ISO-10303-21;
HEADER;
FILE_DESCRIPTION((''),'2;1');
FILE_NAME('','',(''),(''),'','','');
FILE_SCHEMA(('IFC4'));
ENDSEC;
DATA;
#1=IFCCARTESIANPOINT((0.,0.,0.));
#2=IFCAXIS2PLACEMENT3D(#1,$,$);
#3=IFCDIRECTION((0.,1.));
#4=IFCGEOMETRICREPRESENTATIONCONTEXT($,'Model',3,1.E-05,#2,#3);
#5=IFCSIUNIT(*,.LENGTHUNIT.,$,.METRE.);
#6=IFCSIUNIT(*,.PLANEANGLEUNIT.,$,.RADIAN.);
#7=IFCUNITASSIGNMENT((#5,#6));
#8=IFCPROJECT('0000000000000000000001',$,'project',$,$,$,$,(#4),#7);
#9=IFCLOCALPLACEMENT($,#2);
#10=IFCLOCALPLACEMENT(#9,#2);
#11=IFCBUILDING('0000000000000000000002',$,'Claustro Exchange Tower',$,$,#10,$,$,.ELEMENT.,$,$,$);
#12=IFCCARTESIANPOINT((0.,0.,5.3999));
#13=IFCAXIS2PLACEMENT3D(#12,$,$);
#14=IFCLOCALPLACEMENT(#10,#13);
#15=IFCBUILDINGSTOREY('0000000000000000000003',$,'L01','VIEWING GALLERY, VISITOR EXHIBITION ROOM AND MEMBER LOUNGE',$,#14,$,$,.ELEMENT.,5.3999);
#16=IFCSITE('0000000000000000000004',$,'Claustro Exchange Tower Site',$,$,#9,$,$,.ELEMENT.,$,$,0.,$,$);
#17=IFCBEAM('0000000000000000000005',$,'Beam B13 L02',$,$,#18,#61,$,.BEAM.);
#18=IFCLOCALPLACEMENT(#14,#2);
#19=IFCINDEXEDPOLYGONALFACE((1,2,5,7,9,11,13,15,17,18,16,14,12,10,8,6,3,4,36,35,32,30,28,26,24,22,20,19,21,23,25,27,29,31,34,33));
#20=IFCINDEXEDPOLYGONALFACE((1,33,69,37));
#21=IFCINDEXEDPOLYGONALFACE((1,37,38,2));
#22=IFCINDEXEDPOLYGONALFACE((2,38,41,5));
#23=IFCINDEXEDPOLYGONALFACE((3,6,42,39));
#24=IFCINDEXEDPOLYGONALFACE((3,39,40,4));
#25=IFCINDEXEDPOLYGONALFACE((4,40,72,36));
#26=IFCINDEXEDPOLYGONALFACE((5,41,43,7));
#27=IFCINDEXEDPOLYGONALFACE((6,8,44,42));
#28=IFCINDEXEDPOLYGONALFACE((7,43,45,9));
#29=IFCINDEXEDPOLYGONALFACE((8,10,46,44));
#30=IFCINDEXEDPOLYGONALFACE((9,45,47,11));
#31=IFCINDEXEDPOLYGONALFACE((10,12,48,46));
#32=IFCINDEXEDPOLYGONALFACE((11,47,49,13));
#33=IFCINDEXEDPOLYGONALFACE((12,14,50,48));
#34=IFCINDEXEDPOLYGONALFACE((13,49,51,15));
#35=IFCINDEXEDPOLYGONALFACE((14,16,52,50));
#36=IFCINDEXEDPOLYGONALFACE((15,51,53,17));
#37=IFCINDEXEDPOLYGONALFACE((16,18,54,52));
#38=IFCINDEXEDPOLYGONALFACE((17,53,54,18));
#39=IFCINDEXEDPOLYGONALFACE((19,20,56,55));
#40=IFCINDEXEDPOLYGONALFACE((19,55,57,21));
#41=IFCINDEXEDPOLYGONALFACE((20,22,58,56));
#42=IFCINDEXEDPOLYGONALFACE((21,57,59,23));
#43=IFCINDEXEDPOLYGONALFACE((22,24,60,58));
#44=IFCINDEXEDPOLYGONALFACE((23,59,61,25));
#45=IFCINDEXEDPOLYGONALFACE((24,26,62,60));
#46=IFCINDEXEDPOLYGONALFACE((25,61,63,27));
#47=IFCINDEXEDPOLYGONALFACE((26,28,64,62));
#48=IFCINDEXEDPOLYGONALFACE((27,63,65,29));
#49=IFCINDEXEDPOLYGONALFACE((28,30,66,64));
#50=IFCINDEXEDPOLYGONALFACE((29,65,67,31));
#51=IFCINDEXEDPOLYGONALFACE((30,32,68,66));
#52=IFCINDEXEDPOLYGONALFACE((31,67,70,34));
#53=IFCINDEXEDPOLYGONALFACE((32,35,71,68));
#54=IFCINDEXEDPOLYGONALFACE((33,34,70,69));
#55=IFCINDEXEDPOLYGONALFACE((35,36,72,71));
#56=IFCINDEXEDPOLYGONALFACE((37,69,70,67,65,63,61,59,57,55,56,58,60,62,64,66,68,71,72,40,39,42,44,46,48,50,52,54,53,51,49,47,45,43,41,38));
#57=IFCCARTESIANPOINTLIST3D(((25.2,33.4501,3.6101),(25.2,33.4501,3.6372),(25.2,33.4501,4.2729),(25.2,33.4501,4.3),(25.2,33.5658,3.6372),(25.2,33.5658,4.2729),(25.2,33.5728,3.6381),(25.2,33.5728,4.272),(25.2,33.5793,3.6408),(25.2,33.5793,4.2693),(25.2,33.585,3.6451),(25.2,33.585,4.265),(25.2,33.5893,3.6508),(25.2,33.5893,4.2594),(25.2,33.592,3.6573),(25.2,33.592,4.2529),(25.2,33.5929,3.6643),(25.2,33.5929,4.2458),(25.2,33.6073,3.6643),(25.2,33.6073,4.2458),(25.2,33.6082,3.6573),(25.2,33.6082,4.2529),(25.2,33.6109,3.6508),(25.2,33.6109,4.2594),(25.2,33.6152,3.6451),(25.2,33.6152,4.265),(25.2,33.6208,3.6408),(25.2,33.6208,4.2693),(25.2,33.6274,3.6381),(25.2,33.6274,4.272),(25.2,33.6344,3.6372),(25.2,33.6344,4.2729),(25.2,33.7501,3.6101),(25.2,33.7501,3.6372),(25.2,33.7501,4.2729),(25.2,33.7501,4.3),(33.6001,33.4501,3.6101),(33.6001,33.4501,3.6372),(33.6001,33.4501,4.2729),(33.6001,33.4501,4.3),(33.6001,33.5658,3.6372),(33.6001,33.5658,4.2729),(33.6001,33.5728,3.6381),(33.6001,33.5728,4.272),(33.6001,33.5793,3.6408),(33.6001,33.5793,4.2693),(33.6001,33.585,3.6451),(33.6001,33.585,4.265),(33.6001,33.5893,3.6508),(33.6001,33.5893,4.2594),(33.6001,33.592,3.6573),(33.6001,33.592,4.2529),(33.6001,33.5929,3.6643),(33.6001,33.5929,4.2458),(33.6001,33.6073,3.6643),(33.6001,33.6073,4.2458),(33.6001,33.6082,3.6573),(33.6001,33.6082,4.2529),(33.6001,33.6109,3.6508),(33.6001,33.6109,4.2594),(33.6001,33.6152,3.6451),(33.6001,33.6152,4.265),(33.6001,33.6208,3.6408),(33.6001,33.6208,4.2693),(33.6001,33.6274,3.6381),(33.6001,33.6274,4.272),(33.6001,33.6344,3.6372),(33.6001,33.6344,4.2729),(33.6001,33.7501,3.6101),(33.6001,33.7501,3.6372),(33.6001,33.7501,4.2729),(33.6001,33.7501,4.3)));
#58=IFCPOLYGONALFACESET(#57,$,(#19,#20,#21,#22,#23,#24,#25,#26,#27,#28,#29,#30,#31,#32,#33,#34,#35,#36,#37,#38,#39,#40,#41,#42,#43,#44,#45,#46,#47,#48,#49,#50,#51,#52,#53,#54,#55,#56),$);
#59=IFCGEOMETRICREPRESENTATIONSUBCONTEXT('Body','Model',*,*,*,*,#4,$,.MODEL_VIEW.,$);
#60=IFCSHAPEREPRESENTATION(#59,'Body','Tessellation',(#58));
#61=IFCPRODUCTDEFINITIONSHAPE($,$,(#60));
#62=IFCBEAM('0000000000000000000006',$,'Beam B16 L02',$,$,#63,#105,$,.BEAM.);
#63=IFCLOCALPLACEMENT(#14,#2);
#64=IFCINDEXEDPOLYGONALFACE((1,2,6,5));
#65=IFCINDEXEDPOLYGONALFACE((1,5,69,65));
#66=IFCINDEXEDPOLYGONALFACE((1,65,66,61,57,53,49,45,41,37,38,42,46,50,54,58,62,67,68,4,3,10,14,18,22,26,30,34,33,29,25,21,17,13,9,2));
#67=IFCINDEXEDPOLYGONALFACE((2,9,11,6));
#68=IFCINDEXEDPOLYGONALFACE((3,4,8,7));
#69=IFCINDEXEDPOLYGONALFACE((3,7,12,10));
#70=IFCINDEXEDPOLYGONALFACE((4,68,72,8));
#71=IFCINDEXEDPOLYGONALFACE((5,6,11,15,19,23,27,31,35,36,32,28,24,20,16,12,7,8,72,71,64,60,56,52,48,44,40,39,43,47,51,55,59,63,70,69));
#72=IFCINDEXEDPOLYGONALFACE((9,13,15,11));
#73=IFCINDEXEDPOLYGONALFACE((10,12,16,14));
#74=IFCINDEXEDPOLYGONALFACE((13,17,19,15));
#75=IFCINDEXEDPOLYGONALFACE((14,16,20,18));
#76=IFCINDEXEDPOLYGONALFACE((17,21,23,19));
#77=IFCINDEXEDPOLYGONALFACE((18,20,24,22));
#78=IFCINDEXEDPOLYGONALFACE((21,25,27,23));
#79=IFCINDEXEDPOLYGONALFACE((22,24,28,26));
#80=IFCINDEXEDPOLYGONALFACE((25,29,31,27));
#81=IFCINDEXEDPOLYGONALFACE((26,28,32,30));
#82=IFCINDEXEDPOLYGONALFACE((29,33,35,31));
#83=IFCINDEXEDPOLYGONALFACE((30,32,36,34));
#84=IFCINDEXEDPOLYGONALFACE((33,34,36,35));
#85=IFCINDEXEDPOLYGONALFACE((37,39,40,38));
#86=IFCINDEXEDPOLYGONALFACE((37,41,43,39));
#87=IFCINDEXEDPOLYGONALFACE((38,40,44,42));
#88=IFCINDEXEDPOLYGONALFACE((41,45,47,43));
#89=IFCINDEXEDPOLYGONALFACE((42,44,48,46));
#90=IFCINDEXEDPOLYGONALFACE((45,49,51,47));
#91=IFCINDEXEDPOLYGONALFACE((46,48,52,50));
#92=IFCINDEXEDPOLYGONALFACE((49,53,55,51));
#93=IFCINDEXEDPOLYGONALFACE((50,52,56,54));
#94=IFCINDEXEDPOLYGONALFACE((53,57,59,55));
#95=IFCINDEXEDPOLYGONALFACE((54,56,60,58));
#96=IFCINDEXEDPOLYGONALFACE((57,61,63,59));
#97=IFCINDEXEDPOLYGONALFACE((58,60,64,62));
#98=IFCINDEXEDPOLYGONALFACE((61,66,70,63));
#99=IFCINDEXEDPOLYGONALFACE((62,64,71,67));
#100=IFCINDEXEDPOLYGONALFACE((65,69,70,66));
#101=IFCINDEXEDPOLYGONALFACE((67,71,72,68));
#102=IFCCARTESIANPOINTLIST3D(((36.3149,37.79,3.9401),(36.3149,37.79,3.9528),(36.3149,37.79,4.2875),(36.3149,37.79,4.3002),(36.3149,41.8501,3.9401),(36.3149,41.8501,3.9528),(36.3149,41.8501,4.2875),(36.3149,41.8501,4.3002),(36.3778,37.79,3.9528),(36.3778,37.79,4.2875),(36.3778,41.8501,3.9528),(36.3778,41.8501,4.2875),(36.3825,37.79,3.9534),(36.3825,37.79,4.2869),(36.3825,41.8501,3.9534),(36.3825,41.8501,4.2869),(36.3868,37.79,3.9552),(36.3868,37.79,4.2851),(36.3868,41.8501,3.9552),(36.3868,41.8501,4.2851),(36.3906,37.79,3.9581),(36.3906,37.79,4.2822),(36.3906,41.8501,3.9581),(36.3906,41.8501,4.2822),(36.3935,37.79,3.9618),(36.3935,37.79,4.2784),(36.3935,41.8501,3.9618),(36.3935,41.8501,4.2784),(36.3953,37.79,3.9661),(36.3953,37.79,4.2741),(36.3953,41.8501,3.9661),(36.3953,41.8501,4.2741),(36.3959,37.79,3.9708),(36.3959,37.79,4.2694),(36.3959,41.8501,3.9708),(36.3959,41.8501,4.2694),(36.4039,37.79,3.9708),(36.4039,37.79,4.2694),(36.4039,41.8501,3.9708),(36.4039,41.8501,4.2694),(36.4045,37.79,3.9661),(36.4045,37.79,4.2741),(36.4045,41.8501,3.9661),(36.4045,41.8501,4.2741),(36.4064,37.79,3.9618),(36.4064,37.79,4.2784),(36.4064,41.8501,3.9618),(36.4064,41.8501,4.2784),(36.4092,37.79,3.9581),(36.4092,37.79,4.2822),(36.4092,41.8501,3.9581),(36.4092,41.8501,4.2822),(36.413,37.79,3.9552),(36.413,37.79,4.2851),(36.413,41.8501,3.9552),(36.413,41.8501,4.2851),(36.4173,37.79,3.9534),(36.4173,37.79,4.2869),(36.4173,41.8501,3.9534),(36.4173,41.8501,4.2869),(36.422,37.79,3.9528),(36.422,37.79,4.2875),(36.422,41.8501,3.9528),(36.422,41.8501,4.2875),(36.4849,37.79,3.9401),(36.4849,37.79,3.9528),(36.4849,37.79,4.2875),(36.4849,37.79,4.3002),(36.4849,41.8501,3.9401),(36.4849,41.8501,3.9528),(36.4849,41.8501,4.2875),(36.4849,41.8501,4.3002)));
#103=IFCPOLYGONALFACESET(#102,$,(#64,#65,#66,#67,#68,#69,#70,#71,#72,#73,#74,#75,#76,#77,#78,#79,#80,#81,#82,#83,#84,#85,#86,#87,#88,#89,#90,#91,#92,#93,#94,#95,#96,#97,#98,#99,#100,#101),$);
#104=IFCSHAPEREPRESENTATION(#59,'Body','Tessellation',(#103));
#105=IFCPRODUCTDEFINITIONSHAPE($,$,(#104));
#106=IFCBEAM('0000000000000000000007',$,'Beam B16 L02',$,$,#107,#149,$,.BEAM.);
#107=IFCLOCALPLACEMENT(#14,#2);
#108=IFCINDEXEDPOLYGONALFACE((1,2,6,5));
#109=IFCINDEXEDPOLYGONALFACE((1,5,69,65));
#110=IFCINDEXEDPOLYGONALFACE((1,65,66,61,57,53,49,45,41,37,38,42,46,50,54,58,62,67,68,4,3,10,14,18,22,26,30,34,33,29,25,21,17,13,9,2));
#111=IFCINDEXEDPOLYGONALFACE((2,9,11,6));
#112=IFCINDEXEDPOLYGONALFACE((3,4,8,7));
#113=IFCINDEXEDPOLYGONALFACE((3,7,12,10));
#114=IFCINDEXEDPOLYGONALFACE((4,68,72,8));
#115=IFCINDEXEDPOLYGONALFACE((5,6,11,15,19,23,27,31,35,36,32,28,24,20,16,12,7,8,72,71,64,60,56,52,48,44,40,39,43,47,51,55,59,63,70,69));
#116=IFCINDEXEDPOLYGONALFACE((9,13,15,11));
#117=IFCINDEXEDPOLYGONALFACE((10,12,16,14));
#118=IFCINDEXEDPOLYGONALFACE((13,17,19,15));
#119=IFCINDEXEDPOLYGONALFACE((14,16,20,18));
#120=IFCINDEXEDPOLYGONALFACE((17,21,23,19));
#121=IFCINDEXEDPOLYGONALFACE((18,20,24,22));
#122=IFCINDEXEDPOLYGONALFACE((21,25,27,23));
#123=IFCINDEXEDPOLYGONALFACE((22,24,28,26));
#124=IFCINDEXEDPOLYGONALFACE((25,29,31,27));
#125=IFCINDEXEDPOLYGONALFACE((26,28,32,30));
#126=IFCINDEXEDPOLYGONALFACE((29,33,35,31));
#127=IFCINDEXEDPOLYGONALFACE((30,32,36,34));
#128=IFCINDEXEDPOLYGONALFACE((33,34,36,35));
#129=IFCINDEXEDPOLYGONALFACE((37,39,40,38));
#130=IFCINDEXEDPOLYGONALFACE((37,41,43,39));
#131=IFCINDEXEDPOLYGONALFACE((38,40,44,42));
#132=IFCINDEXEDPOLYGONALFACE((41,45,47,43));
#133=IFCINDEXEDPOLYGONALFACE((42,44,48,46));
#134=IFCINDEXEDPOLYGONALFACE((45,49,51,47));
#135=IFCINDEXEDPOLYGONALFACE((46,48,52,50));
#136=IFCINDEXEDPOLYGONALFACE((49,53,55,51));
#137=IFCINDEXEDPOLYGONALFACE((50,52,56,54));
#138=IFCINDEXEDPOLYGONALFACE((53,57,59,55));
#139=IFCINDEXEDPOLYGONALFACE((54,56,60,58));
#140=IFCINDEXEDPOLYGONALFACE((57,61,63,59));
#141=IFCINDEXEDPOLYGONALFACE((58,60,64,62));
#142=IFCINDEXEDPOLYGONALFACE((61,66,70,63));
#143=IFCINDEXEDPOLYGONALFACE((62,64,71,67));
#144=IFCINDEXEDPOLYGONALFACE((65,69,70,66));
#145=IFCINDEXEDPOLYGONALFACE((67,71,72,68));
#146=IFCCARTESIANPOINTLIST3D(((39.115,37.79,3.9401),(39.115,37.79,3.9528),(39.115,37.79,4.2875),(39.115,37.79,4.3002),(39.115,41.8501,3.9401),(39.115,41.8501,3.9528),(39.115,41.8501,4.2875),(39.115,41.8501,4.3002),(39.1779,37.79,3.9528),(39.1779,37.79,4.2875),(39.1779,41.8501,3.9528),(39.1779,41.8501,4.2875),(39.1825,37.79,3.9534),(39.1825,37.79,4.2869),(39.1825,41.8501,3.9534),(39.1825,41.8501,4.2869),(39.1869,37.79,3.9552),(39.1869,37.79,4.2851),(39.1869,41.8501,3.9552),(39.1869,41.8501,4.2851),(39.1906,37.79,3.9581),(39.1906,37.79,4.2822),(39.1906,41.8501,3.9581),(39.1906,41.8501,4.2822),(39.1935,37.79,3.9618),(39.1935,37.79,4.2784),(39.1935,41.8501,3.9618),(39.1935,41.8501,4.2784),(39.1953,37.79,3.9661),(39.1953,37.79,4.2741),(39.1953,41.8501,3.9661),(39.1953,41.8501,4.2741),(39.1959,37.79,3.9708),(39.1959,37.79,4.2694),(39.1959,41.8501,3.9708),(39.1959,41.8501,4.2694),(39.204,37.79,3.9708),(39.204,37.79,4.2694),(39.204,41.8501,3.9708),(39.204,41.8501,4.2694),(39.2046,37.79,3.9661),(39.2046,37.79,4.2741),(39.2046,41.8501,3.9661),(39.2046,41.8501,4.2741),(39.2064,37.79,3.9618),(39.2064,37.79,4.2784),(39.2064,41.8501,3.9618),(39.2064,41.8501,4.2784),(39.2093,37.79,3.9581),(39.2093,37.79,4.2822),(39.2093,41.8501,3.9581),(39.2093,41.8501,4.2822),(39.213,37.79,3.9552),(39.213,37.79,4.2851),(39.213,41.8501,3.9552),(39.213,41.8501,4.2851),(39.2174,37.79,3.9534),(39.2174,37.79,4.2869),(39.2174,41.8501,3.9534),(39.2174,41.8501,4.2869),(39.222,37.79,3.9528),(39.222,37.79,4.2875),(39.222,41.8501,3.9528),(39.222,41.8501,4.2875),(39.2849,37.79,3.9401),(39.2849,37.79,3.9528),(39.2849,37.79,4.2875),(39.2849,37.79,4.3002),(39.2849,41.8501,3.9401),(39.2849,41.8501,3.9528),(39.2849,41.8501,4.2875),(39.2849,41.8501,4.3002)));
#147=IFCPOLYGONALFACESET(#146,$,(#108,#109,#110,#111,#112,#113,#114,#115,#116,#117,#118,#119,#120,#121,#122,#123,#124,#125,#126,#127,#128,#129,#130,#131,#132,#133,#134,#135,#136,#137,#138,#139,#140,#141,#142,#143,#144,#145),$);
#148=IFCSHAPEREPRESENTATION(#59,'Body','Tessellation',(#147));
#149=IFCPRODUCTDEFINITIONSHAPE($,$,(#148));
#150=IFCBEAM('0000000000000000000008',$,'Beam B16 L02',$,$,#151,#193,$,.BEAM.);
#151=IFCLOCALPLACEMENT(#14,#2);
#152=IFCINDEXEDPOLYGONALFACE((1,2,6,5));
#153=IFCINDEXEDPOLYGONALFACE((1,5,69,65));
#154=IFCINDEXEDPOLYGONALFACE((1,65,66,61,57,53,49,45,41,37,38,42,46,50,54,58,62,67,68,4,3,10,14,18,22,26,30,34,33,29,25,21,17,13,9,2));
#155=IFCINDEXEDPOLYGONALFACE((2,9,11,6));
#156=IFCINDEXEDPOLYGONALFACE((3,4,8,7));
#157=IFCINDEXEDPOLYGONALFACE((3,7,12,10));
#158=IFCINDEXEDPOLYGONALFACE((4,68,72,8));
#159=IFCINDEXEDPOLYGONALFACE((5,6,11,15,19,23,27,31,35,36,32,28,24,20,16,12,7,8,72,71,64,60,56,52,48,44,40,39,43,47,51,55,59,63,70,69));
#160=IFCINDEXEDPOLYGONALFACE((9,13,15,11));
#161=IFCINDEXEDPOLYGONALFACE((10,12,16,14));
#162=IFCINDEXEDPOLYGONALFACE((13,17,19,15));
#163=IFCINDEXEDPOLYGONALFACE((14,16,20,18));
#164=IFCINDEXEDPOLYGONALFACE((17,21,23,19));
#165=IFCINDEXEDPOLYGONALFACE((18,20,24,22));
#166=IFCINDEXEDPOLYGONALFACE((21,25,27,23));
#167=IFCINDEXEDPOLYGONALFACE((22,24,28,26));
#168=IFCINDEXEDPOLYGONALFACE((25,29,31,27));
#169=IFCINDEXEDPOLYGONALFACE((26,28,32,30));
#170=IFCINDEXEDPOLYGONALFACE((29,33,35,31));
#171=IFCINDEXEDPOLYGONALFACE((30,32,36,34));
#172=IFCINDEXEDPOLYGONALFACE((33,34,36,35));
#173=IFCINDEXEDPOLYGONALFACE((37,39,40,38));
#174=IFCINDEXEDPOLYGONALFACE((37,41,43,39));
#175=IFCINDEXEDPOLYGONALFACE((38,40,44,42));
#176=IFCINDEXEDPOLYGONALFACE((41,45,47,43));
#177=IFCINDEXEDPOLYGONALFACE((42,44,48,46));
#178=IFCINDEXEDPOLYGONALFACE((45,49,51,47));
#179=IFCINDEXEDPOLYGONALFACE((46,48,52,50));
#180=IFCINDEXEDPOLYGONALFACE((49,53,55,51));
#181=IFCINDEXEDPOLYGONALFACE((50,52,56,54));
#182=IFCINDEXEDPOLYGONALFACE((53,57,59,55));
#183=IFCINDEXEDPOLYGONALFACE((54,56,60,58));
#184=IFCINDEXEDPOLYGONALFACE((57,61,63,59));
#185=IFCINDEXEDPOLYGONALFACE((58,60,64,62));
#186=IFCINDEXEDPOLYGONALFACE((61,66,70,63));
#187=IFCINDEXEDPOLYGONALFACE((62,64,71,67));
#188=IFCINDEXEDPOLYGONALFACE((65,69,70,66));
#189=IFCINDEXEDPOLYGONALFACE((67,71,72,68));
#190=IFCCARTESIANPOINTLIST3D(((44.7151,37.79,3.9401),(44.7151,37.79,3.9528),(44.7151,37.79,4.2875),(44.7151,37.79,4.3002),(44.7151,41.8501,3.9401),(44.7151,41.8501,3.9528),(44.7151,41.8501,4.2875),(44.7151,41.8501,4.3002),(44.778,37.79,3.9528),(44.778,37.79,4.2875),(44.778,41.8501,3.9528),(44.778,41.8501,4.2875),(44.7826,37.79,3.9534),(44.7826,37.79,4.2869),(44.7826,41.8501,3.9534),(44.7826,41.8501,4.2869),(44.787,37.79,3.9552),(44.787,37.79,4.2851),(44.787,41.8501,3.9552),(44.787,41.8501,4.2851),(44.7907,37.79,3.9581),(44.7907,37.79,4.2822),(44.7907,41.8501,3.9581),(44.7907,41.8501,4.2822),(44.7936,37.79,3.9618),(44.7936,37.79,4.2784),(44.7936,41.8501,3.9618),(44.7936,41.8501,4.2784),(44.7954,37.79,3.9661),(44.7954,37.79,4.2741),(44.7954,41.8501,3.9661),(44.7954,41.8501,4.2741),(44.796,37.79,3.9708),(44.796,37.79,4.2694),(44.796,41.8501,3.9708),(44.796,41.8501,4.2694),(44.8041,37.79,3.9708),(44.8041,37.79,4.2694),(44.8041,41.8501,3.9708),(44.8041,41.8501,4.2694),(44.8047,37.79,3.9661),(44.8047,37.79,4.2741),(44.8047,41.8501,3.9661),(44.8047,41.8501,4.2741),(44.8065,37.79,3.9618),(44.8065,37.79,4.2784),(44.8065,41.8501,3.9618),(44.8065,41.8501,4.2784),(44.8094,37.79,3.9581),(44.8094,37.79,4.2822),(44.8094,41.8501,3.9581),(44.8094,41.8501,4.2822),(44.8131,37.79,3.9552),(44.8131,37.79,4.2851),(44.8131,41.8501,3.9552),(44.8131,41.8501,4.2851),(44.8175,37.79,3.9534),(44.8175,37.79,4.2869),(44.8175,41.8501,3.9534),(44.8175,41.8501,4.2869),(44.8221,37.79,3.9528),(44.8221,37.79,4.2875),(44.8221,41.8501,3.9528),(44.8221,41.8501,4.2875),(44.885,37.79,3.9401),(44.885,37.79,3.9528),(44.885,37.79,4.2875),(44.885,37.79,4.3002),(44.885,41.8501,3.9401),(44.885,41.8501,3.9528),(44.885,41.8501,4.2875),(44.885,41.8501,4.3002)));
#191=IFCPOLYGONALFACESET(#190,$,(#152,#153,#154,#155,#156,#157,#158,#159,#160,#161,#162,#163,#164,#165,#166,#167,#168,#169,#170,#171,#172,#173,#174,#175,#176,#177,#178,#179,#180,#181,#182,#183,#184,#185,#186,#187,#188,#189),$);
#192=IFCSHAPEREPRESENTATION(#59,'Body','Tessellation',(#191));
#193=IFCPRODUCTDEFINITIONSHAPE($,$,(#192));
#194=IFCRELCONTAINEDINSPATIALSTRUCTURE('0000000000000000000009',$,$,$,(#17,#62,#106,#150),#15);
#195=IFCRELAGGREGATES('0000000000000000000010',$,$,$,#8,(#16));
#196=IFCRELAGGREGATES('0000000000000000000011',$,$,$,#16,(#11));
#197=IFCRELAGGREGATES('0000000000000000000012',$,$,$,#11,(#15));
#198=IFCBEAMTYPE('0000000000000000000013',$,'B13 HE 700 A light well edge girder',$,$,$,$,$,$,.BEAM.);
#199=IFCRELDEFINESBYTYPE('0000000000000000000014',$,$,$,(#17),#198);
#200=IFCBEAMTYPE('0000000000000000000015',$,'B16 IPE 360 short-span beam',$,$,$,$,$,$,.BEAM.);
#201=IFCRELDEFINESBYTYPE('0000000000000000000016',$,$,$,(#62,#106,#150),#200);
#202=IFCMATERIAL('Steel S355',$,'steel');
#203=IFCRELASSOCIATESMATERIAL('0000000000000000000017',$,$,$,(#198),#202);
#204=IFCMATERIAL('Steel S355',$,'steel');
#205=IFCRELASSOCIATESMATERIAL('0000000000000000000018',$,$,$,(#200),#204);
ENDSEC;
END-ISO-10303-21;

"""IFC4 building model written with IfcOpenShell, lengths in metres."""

from ifc_helpers import new_model, si_unit, direction, frame, origin, origin_2d, place, context, subcontext, project, spatial, i_section, extrude, material, material_profile, profile_set, type_object, element, save


model = new_model("IFC4")

# Units and contexts
model_context = context("Model", 3, precision=1e-05, world=origin(), true_north=direction((0.0, 1.0)))
body_context = subcontext(model_context, "Body", "Model", "MODEL_VIEW")
ifc_project = project(units=[si_unit("LENGTHUNIT", "METRE"), si_unit("PLANEANGLEUNIT", "RADIAN")], contexts=[model_context])

# Site, building, storey
site_placement = place(None, origin())
site = spatial("IfcSite", under=ifc_project, at=site_placement, Name="Claustro Exchange Tower Site", CompositionType="ELEMENT", RefElevation=0.0)
building_placement = place(site_placement, origin())
building = spatial("IfcBuilding", under=site, at=building_placement, Name="Claustro Exchange Tower", CompositionType="ELEMENT")
storey_placement = place(building_placement, frame((0.0, 0.0, 5.3999)))
storey = spatial("IfcBuildingStorey", under=building, at=storey_placement, Name="L01", Description="VIEWING GALLERY, VISITOR EXHIBITION ROOM AND MEMBER LOUNGE", CompositionType="ELEMENT", Elevation=5.3999)

# Beams
ifc_material_1 = material(Name="Steel S355", Category="steel")
ifc_material_profile_1 = material_profile(ifc_material_1, i_section(OverallWidth=0.3, OverallDepth=0.6899, WebThickness=0.0144, FlangeThickness=0.0271, FilletRadius=0.0271, at=origin_2d()), Name="HE 700 A")
ifc_profile_set_1 = profile_set([ifc_material_profile_1], Name="Steel S355")
beam_type_1 = type_object("IfcBeamType", Name="B13 HE 700 A light well edge girder", PredefinedType="BEAM", material=ifc_profile_set_1)
beam_1_placement = place(storey_placement, frame((25.2, 33.6001, 3.9551), z_axis=(1.0, 0.0, 0.0), x_axis=(0.0, 1.0, 0.0)))
element("IfcBeam", 1, at=beam_1_placement, inside=storey, type_object=beam_type_1, Name="Beam B13 L02", PredefinedType="BEAM", context=body_context, shape_type="SweptSolid", body=[
    extrude(i_section(OverallWidth=0.3, OverallDepth=0.6899, WebThickness=0.0144, FlangeThickness=0.0271, FilletRadius=0.0271, at=origin_2d()), origin(), (0.0, 0.0, 1.0), 8.4001),
])
ifc_material_2 = material(Name="Steel S355", Category="steel")
ifc_material_profile_2 = material_profile(ifc_material_2, i_section(OverallWidth=0.1699, OverallDepth=0.3601, WebThickness=0.0081, FlangeThickness=0.0127, FilletRadius=0.0181, at=origin_2d()), Name="IPE 360")
ifc_profile_set_2 = profile_set([ifc_material_profile_2], Name="Steel S355")
beam_type_2 = type_object("IfcBeamType", Name="B16 IPE 360 short-span beam", PredefinedType="BEAM", material=ifc_profile_set_2)
for number, where, z_axis, x_axis, name in (
    (2, (36.3999, 37.79, 4.1201), (0.0, 1.0, 0.0), (-1.0, 0.0, 0.0), "Beam B16 L02"),
    (3, (39.2, 37.79, 4.1201), (0.0, 1.0, 0.0), (-1.0, 0.0, 0.0), "Beam B16 L02"),
    (4, (44.8, 37.79, 4.1201), (0.0, 1.0, 0.0), (-1.0, 0.0, 0.0), "Beam B16 L02"),
):
    element("IfcBeam", number, at=place(storey_placement, frame(where, z_axis=z_axis, x_axis=x_axis)), inside=storey, type_object=beam_type_2, Name=name, PredefinedType="BEAM", context=body_context, shape_type="SweptSolid", body=[
        extrude(i_section(OverallWidth=0.1699, OverallDepth=0.3601, WebThickness=0.0081, FlangeThickness=0.0127, FilletRadius=0.0181, at=origin_2d()), origin(), (0.0, 0.0, 1.0), 4.0601),
    ])

save(model, "model.ifc")
